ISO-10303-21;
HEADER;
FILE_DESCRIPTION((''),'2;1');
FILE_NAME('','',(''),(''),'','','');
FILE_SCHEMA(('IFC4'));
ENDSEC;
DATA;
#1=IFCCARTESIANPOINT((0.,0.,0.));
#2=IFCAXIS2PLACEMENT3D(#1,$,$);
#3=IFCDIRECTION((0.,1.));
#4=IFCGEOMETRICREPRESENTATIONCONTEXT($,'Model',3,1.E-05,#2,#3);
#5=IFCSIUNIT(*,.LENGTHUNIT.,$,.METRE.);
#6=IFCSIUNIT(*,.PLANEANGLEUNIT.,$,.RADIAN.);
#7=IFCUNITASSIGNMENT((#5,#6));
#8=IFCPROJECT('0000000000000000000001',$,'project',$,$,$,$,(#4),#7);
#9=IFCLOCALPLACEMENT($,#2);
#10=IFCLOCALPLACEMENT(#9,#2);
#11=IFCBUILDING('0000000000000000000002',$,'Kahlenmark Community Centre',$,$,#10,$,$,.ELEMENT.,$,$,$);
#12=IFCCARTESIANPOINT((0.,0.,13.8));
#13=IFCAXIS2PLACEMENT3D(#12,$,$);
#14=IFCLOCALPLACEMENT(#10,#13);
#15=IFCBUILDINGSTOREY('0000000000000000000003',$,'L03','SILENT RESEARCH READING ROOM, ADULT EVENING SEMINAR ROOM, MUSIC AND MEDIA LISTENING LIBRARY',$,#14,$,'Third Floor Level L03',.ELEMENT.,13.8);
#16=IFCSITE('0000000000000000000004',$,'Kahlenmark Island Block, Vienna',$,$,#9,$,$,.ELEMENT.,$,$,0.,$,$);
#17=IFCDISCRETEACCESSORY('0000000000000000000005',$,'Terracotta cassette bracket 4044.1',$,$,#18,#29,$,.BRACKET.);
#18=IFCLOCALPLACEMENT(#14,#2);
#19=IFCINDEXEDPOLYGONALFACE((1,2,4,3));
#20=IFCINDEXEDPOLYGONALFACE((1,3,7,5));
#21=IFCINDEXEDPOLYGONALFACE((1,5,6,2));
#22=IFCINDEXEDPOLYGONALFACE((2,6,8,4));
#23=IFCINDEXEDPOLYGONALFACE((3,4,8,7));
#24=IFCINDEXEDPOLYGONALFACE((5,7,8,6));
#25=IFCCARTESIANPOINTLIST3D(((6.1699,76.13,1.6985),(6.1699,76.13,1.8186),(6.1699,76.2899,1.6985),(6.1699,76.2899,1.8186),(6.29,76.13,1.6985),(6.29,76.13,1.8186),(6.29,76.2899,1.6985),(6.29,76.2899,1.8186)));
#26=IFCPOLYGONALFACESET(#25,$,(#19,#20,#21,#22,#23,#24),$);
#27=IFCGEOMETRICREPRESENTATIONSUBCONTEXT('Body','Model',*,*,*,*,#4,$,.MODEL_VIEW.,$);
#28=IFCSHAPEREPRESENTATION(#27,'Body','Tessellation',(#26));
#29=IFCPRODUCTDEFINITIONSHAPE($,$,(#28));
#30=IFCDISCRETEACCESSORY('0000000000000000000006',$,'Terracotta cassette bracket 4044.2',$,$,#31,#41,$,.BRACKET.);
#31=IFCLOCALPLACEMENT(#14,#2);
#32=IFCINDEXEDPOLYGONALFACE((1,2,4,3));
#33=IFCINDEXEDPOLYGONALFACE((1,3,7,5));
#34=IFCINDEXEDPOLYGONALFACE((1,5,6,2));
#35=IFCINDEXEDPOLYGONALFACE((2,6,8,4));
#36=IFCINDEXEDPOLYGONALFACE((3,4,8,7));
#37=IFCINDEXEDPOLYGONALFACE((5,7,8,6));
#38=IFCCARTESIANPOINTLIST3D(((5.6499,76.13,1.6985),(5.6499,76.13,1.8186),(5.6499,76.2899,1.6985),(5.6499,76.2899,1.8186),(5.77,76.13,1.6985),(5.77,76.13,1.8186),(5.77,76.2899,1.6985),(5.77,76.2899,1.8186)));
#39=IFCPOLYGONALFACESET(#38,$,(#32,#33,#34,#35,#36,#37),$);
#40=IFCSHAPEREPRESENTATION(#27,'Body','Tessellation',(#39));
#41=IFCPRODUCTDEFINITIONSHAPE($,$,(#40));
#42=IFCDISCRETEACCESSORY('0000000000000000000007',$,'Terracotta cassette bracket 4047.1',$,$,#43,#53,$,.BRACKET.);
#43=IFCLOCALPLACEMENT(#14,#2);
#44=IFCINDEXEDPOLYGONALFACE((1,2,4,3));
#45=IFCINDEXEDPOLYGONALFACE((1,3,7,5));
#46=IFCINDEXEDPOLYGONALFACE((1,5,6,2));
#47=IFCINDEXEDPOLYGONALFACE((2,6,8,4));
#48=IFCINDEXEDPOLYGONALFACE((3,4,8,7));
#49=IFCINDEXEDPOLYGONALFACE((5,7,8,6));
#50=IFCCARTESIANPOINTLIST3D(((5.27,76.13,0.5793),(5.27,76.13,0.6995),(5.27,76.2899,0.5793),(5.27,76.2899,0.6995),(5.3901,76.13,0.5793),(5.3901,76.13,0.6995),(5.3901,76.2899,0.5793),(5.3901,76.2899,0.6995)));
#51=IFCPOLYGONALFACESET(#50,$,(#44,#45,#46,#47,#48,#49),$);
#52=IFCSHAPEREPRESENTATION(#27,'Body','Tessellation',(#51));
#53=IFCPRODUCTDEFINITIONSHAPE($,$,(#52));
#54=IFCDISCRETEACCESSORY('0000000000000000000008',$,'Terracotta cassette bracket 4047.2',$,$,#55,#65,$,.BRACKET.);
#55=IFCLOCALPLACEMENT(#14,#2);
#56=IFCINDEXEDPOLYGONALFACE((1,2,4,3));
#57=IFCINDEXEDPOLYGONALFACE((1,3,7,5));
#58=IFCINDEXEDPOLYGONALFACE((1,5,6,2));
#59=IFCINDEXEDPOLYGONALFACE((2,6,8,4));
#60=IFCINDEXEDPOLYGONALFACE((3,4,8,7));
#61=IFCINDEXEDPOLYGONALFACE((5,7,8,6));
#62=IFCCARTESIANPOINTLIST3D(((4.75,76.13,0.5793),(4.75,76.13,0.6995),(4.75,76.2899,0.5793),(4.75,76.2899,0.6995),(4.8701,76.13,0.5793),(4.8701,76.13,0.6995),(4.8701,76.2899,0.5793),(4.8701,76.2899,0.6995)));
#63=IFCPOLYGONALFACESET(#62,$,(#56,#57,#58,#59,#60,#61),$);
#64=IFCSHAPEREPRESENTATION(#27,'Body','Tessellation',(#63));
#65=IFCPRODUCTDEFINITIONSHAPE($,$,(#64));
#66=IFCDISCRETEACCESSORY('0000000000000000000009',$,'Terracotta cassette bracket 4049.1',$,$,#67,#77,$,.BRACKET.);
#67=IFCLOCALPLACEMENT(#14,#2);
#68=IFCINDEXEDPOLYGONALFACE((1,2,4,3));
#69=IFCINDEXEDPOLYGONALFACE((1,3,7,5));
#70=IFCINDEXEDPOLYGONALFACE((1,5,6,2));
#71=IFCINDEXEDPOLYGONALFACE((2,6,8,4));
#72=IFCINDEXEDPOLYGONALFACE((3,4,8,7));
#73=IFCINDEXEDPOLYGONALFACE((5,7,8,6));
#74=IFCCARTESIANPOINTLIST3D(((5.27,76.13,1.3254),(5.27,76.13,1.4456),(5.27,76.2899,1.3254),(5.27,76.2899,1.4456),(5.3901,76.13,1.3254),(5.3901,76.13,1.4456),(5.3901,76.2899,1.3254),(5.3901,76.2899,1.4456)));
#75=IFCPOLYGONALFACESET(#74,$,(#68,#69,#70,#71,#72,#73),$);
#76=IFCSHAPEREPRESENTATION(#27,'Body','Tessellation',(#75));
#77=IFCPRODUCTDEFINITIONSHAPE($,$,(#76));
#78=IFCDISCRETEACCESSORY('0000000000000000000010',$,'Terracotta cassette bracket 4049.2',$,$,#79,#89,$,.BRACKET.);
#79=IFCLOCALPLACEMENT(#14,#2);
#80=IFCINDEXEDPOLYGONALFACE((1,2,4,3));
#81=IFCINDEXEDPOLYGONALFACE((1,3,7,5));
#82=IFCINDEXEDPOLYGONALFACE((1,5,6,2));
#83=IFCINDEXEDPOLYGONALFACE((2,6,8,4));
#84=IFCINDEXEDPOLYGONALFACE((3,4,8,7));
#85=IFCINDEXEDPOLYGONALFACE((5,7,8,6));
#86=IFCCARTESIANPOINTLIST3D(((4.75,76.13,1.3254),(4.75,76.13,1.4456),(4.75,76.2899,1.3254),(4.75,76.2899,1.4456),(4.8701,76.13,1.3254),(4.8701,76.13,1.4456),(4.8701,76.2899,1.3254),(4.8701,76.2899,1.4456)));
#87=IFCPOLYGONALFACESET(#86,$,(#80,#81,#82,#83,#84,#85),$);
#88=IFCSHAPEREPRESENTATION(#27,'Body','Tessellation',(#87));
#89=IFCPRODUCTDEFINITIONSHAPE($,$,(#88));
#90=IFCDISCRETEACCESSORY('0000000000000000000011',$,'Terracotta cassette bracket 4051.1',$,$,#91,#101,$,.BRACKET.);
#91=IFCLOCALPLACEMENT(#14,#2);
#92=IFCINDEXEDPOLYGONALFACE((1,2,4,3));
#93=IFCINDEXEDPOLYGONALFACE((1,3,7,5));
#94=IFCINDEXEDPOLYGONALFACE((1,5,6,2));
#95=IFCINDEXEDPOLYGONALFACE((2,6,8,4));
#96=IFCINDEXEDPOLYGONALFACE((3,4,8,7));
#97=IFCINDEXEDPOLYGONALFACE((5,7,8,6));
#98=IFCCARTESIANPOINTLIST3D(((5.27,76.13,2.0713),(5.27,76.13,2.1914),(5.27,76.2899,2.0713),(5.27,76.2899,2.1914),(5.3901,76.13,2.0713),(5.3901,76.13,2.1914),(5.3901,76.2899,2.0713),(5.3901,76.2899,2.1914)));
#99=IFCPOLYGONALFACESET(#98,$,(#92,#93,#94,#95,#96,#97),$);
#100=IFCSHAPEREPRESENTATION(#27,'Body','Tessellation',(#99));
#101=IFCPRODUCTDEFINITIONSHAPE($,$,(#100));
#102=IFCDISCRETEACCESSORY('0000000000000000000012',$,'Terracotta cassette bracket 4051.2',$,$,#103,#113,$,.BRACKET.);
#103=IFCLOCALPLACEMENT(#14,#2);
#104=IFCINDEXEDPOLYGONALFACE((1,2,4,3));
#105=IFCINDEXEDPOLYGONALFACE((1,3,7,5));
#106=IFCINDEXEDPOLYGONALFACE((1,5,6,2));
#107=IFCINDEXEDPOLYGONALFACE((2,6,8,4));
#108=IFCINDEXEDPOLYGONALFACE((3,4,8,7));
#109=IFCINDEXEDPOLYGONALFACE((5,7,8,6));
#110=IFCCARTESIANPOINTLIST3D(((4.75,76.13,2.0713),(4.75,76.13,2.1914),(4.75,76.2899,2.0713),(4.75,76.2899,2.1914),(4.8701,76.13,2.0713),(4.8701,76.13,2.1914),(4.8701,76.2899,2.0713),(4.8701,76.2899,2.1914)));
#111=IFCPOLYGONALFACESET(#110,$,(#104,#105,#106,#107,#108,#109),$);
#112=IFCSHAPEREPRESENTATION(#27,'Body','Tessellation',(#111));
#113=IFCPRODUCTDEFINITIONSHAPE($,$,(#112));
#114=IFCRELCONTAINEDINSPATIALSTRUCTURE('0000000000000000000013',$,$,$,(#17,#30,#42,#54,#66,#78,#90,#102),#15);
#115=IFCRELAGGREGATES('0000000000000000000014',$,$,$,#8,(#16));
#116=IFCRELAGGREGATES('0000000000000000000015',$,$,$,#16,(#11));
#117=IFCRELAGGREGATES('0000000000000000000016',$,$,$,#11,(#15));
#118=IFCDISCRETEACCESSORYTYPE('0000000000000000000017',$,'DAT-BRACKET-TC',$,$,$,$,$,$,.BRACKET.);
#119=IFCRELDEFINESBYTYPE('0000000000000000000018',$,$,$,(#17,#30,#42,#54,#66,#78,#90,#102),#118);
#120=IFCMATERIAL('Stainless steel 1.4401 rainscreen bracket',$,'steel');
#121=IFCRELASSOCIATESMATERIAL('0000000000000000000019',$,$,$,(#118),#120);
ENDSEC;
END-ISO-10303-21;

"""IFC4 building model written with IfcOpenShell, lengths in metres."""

from ifc_helpers import new_model, si_unit, direction, frame, origin, origin_2d, place, context, subcontext, project, spatial, rectangle, extrude, material, type_object, element, save


model = new_model("IFC4")

# Units and contexts
model_context = context("Model", 3, precision=1e-05, world=origin(), true_north=direction((0.0, 1.0)))
body_context = subcontext(model_context, "Body", "Model", "MODEL_VIEW")
ifc_project = project(units=[si_unit("LENGTHUNIT", "METRE"), si_unit("PLANEANGLEUNIT", "RADIAN")], contexts=[model_context])

# Site, building, storey
site_placement = place(None, origin())
site = spatial("IfcSite", under=ifc_project, at=site_placement, Name="Kahlenmark Island Block, Vienna", CompositionType="ELEMENT", RefElevation=0.0)
building_placement = place(site_placement, origin())
building = spatial("IfcBuilding", under=site, at=building_placement, Name="Kahlenmark Community Centre", CompositionType="ELEMENT")
storey_placement = place(building_placement, frame((0.0, 0.0, 13.8)))
storey = spatial("IfcBuildingStorey", under=building, at=storey_placement, Name="L03", Description="SILENT RESEARCH READING ROOM, ADULT EVENING SEMINAR ROOM, MUSIC AND MEDIA LISTENING LIBRARY", LongName="Third Floor Level L03", CompositionType="ELEMENT", Elevation=13.8)

# Discrete accessories
ifc_material_1 = material(Name="Stainless steel 1.4401 rainscreen bracket", Category="steel")
discrete_accessory_type = type_object("IfcDiscreteAccessoryType", Name="DAT-BRACKET-TC", PredefinedType="BRACKET", material=ifc_material_1)
for number, where, z_axis, x_axis, name in (
    (1, (6.23, 76.21, 1.6985), (0.0, 0.0, 1.0), (-1.0, 0.0, 0.0), "Terracotta cassette bracket 4044.1"),
    (2, (5.71, 76.21, 1.6985), (0.0, 0.0, 1.0), (-1.0, 0.0, 0.0), "Terracotta cassette bracket 4044.2"),
    (3, (5.3301, 76.21, 0.5793), (0.0, 0.0, 1.0), (-1.0, 0.0, 0.0), "Terracotta cassette bracket 4047.1"),
    (4, (4.8101, 76.21, 0.5793), (0.0, 0.0, 1.0), (-1.0, 0.0, 0.0), "Terracotta cassette bracket 4047.2"),
    (5, (5.3301, 76.21, 1.3254), (0.0, 0.0, 1.0), (-1.0, 0.0, 0.0), "Terracotta cassette bracket 4049.1"),
    (6, (4.8101, 76.21, 1.3254), (0.0, 0.0, 1.0), (-1.0, 0.0, 0.0), "Terracotta cassette bracket 4049.2"),
    (7, (5.3301, 76.21, 2.0713), (0.0, 0.0, 1.0), (-1.0, 0.0, 0.0), "Terracotta cassette bracket 4051.1"),
    (8, (4.8101, 76.21, 2.0713), (0.0, 0.0, 1.0), (-1.0, 0.0, 0.0), "Terracotta cassette bracket 4051.2"),
):
    element("IfcDiscreteAccessory", number, at=place(storey_placement, frame(where, z_axis=z_axis, x_axis=x_axis)), inside=storey, type_object=discrete_accessory_type, Name=name, PredefinedType="BRACKET", context=body_context, shape_type="SweptSolid", body=[
        extrude(rectangle(XDim=0.1201, YDim=0.1599, at=origin_2d()), origin(), (0.0, 0.0, 1.0), 0.1201),
    ])

save(model, "model.ifc")
